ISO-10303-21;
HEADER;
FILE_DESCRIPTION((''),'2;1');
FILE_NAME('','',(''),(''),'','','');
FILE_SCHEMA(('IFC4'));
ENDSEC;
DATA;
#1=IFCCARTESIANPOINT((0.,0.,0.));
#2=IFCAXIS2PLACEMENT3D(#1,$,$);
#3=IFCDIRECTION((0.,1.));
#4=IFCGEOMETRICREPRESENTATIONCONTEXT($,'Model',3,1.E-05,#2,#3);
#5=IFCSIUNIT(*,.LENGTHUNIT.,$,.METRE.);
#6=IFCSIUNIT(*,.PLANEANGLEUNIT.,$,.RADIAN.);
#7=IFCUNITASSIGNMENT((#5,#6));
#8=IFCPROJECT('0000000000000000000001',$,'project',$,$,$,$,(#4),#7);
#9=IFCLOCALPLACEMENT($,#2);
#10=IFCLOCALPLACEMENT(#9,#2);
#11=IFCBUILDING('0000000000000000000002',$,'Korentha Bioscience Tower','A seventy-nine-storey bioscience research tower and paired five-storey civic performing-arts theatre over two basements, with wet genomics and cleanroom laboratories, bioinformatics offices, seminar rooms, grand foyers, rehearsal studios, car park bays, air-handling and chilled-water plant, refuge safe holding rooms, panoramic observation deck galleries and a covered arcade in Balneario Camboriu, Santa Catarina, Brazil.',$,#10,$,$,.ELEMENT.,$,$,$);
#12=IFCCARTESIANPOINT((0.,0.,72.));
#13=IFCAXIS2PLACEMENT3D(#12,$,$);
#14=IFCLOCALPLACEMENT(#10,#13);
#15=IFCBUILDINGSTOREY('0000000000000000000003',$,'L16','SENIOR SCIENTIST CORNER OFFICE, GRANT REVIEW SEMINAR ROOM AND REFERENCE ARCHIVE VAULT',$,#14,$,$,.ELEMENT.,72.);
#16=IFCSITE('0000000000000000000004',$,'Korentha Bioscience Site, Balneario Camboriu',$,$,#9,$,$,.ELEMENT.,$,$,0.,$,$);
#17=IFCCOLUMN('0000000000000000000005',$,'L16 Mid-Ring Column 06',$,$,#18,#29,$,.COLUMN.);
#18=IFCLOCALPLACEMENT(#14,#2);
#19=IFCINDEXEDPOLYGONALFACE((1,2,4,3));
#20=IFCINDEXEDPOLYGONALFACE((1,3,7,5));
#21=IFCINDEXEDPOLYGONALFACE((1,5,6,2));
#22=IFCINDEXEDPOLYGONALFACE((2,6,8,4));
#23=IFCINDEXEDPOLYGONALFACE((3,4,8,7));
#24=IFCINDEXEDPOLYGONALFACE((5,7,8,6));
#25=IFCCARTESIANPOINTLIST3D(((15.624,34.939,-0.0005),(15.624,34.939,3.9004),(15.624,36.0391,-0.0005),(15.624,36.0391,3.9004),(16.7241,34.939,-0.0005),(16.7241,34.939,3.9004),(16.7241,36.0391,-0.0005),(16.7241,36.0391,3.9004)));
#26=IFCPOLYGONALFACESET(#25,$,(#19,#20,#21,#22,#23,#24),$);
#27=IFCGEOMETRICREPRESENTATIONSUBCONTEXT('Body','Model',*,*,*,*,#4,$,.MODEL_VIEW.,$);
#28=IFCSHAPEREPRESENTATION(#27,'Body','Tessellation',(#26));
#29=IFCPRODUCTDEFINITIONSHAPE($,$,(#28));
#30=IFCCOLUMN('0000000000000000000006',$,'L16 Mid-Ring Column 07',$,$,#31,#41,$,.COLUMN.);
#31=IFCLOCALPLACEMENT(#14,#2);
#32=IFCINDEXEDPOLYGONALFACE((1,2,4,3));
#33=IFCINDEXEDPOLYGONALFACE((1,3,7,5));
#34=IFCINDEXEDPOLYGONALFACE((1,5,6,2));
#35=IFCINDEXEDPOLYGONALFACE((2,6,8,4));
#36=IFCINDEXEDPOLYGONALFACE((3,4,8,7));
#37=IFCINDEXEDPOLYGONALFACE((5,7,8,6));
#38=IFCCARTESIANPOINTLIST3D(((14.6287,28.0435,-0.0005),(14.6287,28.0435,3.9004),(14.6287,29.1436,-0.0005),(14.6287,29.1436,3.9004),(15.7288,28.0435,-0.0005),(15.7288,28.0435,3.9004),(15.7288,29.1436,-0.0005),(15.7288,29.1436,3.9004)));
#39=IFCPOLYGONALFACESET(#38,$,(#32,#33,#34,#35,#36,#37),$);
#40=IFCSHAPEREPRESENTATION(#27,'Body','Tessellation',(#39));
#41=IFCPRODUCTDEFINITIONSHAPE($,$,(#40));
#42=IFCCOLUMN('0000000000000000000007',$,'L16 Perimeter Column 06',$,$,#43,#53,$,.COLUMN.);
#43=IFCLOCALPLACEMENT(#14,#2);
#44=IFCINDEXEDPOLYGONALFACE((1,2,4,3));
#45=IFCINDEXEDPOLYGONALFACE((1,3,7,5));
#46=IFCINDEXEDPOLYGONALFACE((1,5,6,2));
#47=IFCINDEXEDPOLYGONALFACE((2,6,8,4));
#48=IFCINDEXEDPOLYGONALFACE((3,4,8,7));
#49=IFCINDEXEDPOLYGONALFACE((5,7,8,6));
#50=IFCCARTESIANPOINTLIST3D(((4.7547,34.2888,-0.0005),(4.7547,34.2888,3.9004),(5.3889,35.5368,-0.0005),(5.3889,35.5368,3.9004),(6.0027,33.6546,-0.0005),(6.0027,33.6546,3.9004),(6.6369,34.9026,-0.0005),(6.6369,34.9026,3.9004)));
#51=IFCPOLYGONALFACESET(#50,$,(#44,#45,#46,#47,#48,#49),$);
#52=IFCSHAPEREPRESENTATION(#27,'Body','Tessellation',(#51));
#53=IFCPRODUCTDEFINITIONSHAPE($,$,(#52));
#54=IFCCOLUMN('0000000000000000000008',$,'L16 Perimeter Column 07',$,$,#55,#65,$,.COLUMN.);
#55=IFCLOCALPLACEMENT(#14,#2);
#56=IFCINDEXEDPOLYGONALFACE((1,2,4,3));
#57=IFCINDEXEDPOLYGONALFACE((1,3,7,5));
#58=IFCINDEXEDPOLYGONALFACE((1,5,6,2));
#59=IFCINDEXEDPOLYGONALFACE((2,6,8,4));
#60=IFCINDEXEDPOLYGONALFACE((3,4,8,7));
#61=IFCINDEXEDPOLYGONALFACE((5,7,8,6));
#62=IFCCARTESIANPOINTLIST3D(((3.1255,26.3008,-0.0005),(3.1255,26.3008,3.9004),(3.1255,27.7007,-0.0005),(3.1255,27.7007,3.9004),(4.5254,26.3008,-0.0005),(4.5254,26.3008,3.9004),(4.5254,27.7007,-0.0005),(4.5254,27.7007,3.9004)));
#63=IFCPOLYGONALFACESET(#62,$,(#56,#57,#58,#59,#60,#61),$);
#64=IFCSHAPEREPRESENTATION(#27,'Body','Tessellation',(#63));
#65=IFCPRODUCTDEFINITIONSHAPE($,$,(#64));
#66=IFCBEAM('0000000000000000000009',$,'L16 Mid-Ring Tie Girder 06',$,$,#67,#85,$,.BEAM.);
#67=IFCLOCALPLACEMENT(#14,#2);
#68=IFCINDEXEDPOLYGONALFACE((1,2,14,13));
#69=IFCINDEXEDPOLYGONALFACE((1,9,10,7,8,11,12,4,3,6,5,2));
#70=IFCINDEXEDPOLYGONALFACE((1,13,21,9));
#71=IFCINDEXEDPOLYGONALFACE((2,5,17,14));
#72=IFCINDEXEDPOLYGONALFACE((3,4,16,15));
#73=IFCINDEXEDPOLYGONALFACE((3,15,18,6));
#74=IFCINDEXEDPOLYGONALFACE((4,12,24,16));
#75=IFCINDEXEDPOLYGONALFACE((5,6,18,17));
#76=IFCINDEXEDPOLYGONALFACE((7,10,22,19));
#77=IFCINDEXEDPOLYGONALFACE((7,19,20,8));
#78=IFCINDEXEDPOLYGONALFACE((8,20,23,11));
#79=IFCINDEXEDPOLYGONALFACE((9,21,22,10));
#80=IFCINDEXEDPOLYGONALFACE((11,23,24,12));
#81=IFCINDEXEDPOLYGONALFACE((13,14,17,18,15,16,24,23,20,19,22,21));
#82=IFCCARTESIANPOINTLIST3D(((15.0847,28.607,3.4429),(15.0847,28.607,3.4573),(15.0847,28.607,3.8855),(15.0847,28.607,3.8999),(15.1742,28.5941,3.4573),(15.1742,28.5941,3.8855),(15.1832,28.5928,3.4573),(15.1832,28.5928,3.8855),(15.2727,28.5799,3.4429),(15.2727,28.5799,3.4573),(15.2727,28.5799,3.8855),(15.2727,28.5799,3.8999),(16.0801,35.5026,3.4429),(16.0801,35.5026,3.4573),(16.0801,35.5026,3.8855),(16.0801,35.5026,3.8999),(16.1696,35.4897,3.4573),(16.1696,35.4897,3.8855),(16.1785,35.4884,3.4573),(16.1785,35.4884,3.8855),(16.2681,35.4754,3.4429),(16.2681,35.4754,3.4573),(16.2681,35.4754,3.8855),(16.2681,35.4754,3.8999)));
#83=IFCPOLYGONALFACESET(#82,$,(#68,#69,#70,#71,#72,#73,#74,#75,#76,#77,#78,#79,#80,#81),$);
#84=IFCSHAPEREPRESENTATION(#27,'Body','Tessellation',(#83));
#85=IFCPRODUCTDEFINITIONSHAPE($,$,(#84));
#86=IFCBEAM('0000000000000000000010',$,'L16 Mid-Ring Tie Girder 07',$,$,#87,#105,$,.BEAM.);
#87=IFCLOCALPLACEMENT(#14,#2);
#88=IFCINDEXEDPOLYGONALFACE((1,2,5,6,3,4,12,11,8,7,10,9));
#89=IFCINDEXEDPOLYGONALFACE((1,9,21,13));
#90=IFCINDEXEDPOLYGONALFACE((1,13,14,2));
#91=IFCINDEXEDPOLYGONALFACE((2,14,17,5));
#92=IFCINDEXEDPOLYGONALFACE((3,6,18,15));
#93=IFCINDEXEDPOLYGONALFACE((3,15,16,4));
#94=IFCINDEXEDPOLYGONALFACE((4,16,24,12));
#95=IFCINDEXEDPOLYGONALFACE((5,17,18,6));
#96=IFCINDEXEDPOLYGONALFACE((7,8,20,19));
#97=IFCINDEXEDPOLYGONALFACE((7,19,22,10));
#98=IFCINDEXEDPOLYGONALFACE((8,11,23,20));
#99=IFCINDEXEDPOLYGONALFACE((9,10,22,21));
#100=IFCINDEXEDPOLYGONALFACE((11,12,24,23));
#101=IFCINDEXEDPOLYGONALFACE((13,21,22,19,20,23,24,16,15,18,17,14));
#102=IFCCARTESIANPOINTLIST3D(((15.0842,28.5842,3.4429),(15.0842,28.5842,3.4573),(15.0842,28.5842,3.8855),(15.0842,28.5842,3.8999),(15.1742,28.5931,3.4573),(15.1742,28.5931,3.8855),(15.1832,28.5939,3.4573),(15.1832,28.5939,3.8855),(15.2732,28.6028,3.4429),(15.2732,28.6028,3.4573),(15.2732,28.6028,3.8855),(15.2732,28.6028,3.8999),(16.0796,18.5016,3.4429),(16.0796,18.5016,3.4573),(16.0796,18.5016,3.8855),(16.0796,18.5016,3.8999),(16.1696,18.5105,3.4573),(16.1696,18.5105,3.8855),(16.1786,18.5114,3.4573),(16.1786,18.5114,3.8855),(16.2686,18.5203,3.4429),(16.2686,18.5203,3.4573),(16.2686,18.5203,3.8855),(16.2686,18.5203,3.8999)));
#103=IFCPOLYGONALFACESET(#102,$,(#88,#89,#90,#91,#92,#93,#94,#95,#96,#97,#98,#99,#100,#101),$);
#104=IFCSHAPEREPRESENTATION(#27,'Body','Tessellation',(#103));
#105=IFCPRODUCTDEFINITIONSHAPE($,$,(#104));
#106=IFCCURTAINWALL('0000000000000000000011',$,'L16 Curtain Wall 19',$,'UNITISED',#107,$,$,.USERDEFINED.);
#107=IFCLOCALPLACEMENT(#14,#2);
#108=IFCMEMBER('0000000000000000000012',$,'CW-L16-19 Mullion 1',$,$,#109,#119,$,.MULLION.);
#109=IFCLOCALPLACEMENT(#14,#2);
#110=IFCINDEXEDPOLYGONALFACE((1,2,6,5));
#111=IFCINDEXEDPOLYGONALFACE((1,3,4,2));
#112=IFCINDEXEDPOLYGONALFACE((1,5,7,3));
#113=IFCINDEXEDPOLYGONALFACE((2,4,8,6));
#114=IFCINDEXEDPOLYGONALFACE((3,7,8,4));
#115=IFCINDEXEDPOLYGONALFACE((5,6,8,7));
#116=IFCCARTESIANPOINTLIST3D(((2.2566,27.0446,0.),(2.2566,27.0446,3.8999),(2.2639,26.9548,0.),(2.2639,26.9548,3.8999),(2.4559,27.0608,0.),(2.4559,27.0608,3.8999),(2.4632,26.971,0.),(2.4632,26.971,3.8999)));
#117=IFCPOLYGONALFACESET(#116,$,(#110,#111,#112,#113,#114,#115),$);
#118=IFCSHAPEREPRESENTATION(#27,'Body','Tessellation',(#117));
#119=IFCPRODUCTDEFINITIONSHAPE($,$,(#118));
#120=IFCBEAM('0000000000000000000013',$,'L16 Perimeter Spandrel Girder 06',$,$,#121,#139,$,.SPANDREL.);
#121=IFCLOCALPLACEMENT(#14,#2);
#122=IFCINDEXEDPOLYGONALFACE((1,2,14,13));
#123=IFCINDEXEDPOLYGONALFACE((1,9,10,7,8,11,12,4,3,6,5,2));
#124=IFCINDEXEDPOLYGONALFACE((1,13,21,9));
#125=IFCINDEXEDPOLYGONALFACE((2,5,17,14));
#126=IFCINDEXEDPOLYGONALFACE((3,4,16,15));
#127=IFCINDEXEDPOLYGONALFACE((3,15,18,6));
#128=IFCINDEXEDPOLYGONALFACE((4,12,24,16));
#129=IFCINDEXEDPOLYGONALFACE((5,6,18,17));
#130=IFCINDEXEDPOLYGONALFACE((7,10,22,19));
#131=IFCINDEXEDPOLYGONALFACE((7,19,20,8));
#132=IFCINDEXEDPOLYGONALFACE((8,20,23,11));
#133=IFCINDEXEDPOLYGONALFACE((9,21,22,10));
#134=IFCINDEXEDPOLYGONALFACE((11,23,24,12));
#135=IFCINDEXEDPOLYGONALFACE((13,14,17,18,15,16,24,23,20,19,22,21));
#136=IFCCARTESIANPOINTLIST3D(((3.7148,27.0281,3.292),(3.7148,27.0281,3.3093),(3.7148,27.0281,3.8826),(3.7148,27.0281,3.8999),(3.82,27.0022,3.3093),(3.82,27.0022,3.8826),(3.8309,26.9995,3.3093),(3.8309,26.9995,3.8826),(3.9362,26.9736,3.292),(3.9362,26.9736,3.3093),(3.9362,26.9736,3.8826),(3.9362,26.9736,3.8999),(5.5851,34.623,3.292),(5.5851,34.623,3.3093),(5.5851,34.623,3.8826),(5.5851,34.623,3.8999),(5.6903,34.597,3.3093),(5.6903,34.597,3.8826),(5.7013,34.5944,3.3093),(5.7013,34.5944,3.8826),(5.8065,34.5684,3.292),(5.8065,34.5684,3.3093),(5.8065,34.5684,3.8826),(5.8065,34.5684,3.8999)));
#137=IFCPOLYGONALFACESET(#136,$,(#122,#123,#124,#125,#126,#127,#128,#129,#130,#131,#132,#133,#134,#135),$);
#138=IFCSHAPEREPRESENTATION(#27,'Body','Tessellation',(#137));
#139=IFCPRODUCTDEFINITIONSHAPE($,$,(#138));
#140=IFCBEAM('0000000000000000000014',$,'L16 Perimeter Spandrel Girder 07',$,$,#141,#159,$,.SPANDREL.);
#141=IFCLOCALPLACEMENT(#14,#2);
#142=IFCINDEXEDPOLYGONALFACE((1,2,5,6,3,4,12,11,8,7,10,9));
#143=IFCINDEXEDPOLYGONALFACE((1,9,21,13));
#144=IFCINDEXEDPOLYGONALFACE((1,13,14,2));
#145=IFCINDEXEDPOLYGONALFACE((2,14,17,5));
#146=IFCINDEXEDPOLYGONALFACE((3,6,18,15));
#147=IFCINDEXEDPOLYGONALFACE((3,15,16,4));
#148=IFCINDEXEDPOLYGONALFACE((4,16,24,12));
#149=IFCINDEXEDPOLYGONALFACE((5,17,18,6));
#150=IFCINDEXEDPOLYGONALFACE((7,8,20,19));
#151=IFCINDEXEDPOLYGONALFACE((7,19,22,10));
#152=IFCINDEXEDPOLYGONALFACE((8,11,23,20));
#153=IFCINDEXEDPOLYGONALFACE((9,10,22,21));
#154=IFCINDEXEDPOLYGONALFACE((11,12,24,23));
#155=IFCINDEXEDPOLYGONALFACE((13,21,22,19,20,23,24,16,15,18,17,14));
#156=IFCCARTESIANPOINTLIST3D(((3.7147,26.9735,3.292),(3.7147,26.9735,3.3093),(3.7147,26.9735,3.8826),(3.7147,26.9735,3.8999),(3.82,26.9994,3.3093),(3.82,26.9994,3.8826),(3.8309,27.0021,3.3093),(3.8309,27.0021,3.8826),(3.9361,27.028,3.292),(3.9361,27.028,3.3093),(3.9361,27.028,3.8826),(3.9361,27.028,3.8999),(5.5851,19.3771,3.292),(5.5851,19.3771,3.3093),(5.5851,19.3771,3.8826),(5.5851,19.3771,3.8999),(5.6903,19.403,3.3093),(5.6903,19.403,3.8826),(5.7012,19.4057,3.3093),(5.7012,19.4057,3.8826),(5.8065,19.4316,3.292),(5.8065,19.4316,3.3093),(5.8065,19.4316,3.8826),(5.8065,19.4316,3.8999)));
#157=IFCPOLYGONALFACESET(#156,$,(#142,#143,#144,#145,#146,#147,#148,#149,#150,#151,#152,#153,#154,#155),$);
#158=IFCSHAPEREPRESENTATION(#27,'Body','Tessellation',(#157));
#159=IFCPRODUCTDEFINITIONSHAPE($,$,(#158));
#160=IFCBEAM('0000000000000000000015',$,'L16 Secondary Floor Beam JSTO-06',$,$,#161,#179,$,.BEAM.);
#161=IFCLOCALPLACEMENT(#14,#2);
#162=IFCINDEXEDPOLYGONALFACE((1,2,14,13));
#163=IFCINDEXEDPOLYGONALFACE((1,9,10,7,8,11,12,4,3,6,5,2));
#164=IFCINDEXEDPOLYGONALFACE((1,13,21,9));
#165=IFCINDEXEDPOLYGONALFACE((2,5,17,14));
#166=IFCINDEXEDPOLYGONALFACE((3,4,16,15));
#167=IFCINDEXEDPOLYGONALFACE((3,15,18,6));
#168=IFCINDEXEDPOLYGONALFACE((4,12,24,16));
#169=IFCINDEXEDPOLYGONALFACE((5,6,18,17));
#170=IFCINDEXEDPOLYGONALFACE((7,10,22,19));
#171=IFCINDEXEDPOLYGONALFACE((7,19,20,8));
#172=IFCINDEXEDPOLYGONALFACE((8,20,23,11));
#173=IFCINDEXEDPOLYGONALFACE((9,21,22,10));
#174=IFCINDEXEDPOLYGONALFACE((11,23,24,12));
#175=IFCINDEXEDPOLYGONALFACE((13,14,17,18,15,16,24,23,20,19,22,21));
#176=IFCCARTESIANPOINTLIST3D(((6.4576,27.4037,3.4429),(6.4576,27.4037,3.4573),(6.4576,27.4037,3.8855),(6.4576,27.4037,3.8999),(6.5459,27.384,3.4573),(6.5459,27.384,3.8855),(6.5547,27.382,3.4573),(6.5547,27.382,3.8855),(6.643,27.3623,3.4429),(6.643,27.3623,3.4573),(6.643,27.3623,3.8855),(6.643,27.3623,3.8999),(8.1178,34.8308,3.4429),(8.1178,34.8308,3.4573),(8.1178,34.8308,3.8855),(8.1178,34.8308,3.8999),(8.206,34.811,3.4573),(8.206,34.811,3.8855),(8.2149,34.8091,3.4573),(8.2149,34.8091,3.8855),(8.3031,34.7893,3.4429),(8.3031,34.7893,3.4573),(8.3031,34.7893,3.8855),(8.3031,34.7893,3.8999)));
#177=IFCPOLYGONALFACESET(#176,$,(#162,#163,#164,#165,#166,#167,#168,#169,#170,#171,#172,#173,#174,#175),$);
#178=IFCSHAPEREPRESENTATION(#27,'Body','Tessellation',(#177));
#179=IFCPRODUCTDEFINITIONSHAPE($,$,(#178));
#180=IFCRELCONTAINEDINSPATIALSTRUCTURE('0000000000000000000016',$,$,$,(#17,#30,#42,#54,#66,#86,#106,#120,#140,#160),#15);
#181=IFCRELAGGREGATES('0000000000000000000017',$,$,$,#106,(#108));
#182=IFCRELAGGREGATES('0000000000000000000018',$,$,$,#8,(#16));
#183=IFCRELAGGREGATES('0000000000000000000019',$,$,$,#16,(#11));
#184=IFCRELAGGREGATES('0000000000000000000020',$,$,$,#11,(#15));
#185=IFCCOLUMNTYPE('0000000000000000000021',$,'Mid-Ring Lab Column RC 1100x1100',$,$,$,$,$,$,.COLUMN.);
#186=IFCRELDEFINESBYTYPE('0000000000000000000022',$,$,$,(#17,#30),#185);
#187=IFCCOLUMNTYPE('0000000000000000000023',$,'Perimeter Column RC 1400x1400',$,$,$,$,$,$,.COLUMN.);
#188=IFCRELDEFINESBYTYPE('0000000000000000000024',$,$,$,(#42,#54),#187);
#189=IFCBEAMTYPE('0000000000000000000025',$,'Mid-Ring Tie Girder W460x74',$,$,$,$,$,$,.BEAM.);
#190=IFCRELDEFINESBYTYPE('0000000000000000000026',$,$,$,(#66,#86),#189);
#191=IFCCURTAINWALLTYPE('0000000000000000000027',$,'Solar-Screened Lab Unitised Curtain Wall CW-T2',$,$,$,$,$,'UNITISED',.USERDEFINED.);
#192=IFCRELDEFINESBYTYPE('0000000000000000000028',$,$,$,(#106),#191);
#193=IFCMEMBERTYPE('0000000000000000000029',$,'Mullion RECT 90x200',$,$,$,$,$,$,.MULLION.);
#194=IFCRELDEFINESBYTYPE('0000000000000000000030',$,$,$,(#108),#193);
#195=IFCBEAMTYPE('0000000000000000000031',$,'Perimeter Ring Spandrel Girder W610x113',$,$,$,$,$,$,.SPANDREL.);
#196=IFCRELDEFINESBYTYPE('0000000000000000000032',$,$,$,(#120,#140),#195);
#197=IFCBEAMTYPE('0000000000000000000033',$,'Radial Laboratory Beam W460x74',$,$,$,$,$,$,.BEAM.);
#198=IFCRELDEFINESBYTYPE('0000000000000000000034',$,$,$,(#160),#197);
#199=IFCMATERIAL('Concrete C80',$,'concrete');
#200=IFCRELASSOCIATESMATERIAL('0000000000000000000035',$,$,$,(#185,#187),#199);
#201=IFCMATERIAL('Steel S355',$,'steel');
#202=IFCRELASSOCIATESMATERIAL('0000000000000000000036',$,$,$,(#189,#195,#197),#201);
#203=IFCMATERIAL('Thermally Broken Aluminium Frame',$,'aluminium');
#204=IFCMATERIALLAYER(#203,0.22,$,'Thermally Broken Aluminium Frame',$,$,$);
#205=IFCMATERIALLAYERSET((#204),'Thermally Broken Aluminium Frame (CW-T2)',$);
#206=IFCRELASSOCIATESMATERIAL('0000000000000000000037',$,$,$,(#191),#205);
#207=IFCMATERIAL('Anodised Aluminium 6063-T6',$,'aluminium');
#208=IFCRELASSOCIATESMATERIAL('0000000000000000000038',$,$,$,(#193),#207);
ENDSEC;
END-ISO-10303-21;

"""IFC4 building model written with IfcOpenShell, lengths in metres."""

from ifc_helpers import new_model, si_unit, direction, frame, origin, origin_2d, place, context, subcontext, project, spatial, rectangle, i_section, extrude, material, layer, layer_set, material_profile, profile_set, type_object, element, aggregate, save


model = new_model("IFC4")

# Units and contexts
model_context = context("Model", 3, precision=1e-05, world=origin(), true_north=direction((0.0, 1.0)))
body_context = subcontext(model_context, "Body", "Model", "MODEL_VIEW")
ifc_project = project(units=[si_unit("LENGTHUNIT", "METRE"), si_unit("PLANEANGLEUNIT", "RADIAN")], contexts=[model_context])

# Site, building, storey
site_placement = place(None, origin())
site = spatial("IfcSite", under=ifc_project, at=site_placement, Name="Korentha Bioscience Site, Balneario Camboriu", CompositionType="ELEMENT", RefElevation=0.0)
building_placement = place(site_placement, origin())
building = spatial("IfcBuilding", under=site, at=building_placement, Name="Korentha Bioscience Tower", Description="A seventy-nine-storey bioscience research tower and paired five-storey civic performing-arts theatre over two basements, with wet genomics and cleanroom laboratories, bioinformatics offices, seminar rooms, grand foyers, rehearsal studios, car park bays, air-handling and chilled-water plant, refuge safe holding rooms, panoramic observation deck galleries and a covered arcade in Balneario Camboriu, Santa Catarina, Brazil.", CompositionType="ELEMENT")
storey_placement = place(building_placement, frame((0.0, 0.0, 72.0)))
storey = spatial("IfcBuildingStorey", under=building, at=storey_placement, Name="L16", Description="SENIOR SCIENTIST CORNER OFFICE, GRANT REVIEW SEMINAR ROOM AND REFERENCE ARCHIVE VAULT", CompositionType="ELEMENT", Elevation=72.0)

# Columns
ifc_material_1 = material(Name="Concrete C80", Category="concrete")
ifc_material_profile_1 = material_profile(ifc_material_1, rectangle(XDim=1.1001, YDim=1.1001, at=origin_2d()), Name="Concrete C80")
ifc_profile_set_1 = profile_set([ifc_material_profile_1], Name="Concrete C80 (COL-MR11)")
column_type_1 = type_object("IfcColumnType", Name="Mid-Ring Lab Column RC 1100x1100", PredefinedType="COLUMN", material=ifc_profile_set_1)
for number, where, z_axis, x_axis, name in (
    (1, (16.1741, 35.489, -0.0005), (0.0, 0.0, 1.0), (1.0, 0.0, 0.0), "L16 Mid-Ring Column 06"),
    (2, (15.1787, 28.5935, -0.0005), (0.0, 0.0, 1.0), (1.0, 0.0, 0.0), "L16 Mid-Ring Column 07"),
):
    element("IfcColumn", number, at=place(storey_placement, frame(where, z_axis=z_axis, x_axis=x_axis)), inside=storey, type_object=column_type_1, Name=name, PredefinedType="COLUMN", context=body_context, shape_type="SweptSolid", body=[
        extrude(rectangle(XDim=1.1001, YDim=1.1001, at=origin_2d()), origin(), (0.0, 0.0, 1.0), 3.9009),
    ])
ifc_material_profile_2 = material_profile(ifc_material_1, rectangle(XDim=1.3999, YDim=1.3999, at=origin_2d()), Name="Concrete C80")
ifc_profile_set_2 = profile_set([ifc_material_profile_2], Name="Concrete C80 (COL-P14)")
column_type_2 = type_object("IfcColumnType", Name="Perimeter Column RC 1400x1400", PredefinedType="COLUMN", material=ifc_profile_set_2)
for number, where, z_axis, x_axis, name in (
    (3, (5.6958, 34.5957, -0.0005), (0.0, 0.0, 1.0), (0.453057, 0.891481, 0.0), "L16 Perimeter Column 06"),
    (4, (3.8254, 27.0007, -0.0005), (0.0, 0.0, 1.0), (0.0, 1.0, 0.0), "L16 Perimeter Column 07"),
):
    element("IfcColumn", number, at=place(storey_placement, frame(where, z_axis=z_axis, x_axis=x_axis)), inside=storey, type_object=column_type_2, Name=name, PredefinedType="COLUMN", context=body_context, shape_type="SweptSolid", body=[
        extrude(rectangle(XDim=1.3999, YDim=1.3999, at=origin_2d()), origin(), (0.0, 0.0, 1.0), 3.9009),
    ])

# Beams
ifc_material_2 = material(Name="Steel S355", Category="steel")
ifc_material_profile_3 = material_profile(ifc_material_2, i_section(OverallWidth=0.1899, OverallDepth=0.457, WebThickness=0.009, FlangeThickness=0.0144, at=origin_2d()), Name="Steel S355")
ifc_profile_set_3 = profile_set([ifc_material_profile_3], Name="Steel S355 (MB-460)")
beam_type_1 = type_object("IfcBeamType", Name="Mid-Ring Tie Girder W460x74", PredefinedType="BEAM", material=ifc_profile_set_3)
beam_1_placement = place(storey_placement, frame((16.1741, 35.489, 3.6714), z_axis=(-0.142868, -0.989742, 0.0), x_axis=(0.989742, -0.142868, 0.0)))
element("IfcBeam", 5, at=beam_1_placement, inside=storey, type_object=beam_type_1, Name="L16 Mid-Ring Tie Girder 06", PredefinedType="BEAM", context=body_context, shape_type="SweptSolid", body=[
    extrude(i_section(OverallWidth=0.1899, OverallDepth=0.457, WebThickness=0.009, FlangeThickness=0.0144, at=origin_2d()), origin(), (0.0, 0.0, 1.0), 6.967),
])
beam_2_placement = place(storey_placement, frame((15.1787, 28.5935, 3.6714), z_axis=(0.098244, -0.995162, 0.0), x_axis=(0.995162, 0.098244, 0.0)))
element("IfcBeam", 6, at=beam_2_placement, inside=storey, type_object=beam_type_1, Name="L16 Mid-Ring Tie Girder 07", PredefinedType="BEAM", context=body_context, shape_type="SweptSolid", body=[
    extrude(i_section(OverallWidth=0.1899, OverallDepth=0.457, WebThickness=0.009, FlangeThickness=0.0144, at=origin_2d()), origin(), (0.0, 0.0, 1.0), 10.1316),
])

# Curtain wall, member
ifc_material_3 = material(Name="Thermally Broken Aluminium Frame", Category="aluminium")
ifc_layer_1 = layer(ifc_material_3, 0.22, Name="Thermally Broken Aluminium Frame")
ifc_layer_set_1 = layer_set([ifc_layer_1], Name="Thermally Broken Aluminium Frame (CW-T2)")
curtain_wall_type = type_object("IfcCurtainWallType", Name="Solar-Screened Lab Unitised Curtain Wall CW-T2", ElementType="UNITISED", PredefinedType="USERDEFINED", material=ifc_layer_set_1)
curtain_wall_placement = place(storey_placement, origin())
curtain_wall = element("IfcCurtainWall", 7, at=curtain_wall_placement, inside=storey, type_object=curtain_wall_type, Name="L16 Curtain Wall 19", ObjectType="UNITISED", PredefinedType="USERDEFINED")
ifc_material_4 = material(Name="Anodised Aluminium 6063-T6", Category="aluminium")
ifc_material_profile_4 = material_profile(ifc_material_4, rectangle(XDim=0.0901, YDim=0.2, at=origin_2d()), Name="Anodised Aluminium 6063-T6")
ifc_profile_set_4 = profile_set([ifc_material_profile_4], Name="Anodised Aluminium 6063-T6 (CW-MUL)")
member_type_1 = type_object("IfcMemberType", Name="Mullion RECT 90x200", PredefinedType="MULLION", material=ifc_profile_set_4)
member_1_placement = place(storey_placement, frame((2.3599, 27.0078, 0.0), z_axis=(0.0, 0.0, 1.0), x_axis=(0.08082, -0.996729, 0.0)))
member_1 = element("IfcMember", 8, at=member_1_placement, type_object=member_type_1, Name="CW-L16-19 Mullion 1", PredefinedType="MULLION", context=body_context, shape_type="SweptSolid", body=[
    extrude(rectangle(XDim=0.0901, YDim=0.2, at=origin_2d()), origin(), (0.0, 0.0, 1.0), 3.8999),
])

# Beams
ifc_material_profile_5 = material_profile(ifc_material_2, i_section(OverallWidth=0.228, OverallDepth=0.6079, WebThickness=0.0112, FlangeThickness=0.0173, at=origin_2d()), Name="Steel S355")
ifc_profile_set_5 = profile_set([ifc_material_profile_5], Name="Steel S355 (SB-610)")
beam_type_2 = type_object("IfcBeamType", Name="Perimeter Ring Spandrel Girder W610x113", PredefinedType="SPANDREL", material=ifc_profile_set_5)
beam_3_placement = place(storey_placement, frame((5.6958, 34.5957, 3.5959), z_axis=(-0.239119, -0.97099, 0.0), x_axis=(0.97099, -0.239119, 0.0)))
element("IfcBeam", 9, at=beam_3_placement, inside=storey, type_object=beam_type_2, Name="L16 Perimeter Spandrel Girder 06", PredefinedType="SPANDREL", context=body_context, shape_type="SweptSolid", body=[
    extrude(i_section(OverallWidth=0.228, OverallDepth=0.6079, WebThickness=0.0112, FlangeThickness=0.0173, at=origin_2d()), origin(), (0.0, 0.0, 1.0), 7.8218),
])
beam_4_placement = place(storey_placement, frame((3.8254, 27.0007, 3.5959), z_axis=(0.239076, -0.971001, 0.0), x_axis=(0.971001, 0.239076, 0.0)))
element("IfcBeam", 10, at=beam_4_placement, inside=storey, type_object=beam_type_2, Name="L16 Perimeter Spandrel Girder 07", PredefinedType="SPANDREL", context=body_context, shape_type="SweptSolid", body=[
    extrude(i_section(OverallWidth=0.228, OverallDepth=0.6079, WebThickness=0.0112, FlangeThickness=0.0173, at=origin_2d()), origin(), (0.0, 0.0, 1.0), 7.8232),
])
ifc_material_profile_6 = material_profile(ifc_material_2, i_section(OverallWidth=0.1899, OverallDepth=0.457, WebThickness=0.009, FlangeThickness=0.0144, at=origin_2d()), Name="Steel S355")
ifc_profile_set_6 = profile_set([ifc_material_profile_6], Name="Steel S355 (RB-460)")
beam_type_3 = type_object("IfcBeamType", Name="Radial Laboratory Beam W460x74", PredefinedType="BEAM", material=ifc_profile_set_6)
beam_5_placement = place(storey_placement, frame((8.2104, 34.8101, 3.6714), z_axis=(-0.218146, -0.975916, 0.0), x_axis=(0.975916, -0.218146, 0.0)))
element("IfcBeam", 11, at=beam_5_placement, inside=storey, type_object=beam_type_3, Name="L16 Secondary Floor Beam JSTO-06", PredefinedType="BEAM", context=body_context, shape_type="SweptSolid", body=[
    extrude(i_section(OverallWidth=0.1899, OverallDepth=0.457, WebThickness=0.009, FlangeThickness=0.0144, at=origin_2d()), origin(), (0.0, 0.0, 1.0), 7.6104),
])

aggregate(curtain_wall, [member_1])

save(model, "model.ifc")
